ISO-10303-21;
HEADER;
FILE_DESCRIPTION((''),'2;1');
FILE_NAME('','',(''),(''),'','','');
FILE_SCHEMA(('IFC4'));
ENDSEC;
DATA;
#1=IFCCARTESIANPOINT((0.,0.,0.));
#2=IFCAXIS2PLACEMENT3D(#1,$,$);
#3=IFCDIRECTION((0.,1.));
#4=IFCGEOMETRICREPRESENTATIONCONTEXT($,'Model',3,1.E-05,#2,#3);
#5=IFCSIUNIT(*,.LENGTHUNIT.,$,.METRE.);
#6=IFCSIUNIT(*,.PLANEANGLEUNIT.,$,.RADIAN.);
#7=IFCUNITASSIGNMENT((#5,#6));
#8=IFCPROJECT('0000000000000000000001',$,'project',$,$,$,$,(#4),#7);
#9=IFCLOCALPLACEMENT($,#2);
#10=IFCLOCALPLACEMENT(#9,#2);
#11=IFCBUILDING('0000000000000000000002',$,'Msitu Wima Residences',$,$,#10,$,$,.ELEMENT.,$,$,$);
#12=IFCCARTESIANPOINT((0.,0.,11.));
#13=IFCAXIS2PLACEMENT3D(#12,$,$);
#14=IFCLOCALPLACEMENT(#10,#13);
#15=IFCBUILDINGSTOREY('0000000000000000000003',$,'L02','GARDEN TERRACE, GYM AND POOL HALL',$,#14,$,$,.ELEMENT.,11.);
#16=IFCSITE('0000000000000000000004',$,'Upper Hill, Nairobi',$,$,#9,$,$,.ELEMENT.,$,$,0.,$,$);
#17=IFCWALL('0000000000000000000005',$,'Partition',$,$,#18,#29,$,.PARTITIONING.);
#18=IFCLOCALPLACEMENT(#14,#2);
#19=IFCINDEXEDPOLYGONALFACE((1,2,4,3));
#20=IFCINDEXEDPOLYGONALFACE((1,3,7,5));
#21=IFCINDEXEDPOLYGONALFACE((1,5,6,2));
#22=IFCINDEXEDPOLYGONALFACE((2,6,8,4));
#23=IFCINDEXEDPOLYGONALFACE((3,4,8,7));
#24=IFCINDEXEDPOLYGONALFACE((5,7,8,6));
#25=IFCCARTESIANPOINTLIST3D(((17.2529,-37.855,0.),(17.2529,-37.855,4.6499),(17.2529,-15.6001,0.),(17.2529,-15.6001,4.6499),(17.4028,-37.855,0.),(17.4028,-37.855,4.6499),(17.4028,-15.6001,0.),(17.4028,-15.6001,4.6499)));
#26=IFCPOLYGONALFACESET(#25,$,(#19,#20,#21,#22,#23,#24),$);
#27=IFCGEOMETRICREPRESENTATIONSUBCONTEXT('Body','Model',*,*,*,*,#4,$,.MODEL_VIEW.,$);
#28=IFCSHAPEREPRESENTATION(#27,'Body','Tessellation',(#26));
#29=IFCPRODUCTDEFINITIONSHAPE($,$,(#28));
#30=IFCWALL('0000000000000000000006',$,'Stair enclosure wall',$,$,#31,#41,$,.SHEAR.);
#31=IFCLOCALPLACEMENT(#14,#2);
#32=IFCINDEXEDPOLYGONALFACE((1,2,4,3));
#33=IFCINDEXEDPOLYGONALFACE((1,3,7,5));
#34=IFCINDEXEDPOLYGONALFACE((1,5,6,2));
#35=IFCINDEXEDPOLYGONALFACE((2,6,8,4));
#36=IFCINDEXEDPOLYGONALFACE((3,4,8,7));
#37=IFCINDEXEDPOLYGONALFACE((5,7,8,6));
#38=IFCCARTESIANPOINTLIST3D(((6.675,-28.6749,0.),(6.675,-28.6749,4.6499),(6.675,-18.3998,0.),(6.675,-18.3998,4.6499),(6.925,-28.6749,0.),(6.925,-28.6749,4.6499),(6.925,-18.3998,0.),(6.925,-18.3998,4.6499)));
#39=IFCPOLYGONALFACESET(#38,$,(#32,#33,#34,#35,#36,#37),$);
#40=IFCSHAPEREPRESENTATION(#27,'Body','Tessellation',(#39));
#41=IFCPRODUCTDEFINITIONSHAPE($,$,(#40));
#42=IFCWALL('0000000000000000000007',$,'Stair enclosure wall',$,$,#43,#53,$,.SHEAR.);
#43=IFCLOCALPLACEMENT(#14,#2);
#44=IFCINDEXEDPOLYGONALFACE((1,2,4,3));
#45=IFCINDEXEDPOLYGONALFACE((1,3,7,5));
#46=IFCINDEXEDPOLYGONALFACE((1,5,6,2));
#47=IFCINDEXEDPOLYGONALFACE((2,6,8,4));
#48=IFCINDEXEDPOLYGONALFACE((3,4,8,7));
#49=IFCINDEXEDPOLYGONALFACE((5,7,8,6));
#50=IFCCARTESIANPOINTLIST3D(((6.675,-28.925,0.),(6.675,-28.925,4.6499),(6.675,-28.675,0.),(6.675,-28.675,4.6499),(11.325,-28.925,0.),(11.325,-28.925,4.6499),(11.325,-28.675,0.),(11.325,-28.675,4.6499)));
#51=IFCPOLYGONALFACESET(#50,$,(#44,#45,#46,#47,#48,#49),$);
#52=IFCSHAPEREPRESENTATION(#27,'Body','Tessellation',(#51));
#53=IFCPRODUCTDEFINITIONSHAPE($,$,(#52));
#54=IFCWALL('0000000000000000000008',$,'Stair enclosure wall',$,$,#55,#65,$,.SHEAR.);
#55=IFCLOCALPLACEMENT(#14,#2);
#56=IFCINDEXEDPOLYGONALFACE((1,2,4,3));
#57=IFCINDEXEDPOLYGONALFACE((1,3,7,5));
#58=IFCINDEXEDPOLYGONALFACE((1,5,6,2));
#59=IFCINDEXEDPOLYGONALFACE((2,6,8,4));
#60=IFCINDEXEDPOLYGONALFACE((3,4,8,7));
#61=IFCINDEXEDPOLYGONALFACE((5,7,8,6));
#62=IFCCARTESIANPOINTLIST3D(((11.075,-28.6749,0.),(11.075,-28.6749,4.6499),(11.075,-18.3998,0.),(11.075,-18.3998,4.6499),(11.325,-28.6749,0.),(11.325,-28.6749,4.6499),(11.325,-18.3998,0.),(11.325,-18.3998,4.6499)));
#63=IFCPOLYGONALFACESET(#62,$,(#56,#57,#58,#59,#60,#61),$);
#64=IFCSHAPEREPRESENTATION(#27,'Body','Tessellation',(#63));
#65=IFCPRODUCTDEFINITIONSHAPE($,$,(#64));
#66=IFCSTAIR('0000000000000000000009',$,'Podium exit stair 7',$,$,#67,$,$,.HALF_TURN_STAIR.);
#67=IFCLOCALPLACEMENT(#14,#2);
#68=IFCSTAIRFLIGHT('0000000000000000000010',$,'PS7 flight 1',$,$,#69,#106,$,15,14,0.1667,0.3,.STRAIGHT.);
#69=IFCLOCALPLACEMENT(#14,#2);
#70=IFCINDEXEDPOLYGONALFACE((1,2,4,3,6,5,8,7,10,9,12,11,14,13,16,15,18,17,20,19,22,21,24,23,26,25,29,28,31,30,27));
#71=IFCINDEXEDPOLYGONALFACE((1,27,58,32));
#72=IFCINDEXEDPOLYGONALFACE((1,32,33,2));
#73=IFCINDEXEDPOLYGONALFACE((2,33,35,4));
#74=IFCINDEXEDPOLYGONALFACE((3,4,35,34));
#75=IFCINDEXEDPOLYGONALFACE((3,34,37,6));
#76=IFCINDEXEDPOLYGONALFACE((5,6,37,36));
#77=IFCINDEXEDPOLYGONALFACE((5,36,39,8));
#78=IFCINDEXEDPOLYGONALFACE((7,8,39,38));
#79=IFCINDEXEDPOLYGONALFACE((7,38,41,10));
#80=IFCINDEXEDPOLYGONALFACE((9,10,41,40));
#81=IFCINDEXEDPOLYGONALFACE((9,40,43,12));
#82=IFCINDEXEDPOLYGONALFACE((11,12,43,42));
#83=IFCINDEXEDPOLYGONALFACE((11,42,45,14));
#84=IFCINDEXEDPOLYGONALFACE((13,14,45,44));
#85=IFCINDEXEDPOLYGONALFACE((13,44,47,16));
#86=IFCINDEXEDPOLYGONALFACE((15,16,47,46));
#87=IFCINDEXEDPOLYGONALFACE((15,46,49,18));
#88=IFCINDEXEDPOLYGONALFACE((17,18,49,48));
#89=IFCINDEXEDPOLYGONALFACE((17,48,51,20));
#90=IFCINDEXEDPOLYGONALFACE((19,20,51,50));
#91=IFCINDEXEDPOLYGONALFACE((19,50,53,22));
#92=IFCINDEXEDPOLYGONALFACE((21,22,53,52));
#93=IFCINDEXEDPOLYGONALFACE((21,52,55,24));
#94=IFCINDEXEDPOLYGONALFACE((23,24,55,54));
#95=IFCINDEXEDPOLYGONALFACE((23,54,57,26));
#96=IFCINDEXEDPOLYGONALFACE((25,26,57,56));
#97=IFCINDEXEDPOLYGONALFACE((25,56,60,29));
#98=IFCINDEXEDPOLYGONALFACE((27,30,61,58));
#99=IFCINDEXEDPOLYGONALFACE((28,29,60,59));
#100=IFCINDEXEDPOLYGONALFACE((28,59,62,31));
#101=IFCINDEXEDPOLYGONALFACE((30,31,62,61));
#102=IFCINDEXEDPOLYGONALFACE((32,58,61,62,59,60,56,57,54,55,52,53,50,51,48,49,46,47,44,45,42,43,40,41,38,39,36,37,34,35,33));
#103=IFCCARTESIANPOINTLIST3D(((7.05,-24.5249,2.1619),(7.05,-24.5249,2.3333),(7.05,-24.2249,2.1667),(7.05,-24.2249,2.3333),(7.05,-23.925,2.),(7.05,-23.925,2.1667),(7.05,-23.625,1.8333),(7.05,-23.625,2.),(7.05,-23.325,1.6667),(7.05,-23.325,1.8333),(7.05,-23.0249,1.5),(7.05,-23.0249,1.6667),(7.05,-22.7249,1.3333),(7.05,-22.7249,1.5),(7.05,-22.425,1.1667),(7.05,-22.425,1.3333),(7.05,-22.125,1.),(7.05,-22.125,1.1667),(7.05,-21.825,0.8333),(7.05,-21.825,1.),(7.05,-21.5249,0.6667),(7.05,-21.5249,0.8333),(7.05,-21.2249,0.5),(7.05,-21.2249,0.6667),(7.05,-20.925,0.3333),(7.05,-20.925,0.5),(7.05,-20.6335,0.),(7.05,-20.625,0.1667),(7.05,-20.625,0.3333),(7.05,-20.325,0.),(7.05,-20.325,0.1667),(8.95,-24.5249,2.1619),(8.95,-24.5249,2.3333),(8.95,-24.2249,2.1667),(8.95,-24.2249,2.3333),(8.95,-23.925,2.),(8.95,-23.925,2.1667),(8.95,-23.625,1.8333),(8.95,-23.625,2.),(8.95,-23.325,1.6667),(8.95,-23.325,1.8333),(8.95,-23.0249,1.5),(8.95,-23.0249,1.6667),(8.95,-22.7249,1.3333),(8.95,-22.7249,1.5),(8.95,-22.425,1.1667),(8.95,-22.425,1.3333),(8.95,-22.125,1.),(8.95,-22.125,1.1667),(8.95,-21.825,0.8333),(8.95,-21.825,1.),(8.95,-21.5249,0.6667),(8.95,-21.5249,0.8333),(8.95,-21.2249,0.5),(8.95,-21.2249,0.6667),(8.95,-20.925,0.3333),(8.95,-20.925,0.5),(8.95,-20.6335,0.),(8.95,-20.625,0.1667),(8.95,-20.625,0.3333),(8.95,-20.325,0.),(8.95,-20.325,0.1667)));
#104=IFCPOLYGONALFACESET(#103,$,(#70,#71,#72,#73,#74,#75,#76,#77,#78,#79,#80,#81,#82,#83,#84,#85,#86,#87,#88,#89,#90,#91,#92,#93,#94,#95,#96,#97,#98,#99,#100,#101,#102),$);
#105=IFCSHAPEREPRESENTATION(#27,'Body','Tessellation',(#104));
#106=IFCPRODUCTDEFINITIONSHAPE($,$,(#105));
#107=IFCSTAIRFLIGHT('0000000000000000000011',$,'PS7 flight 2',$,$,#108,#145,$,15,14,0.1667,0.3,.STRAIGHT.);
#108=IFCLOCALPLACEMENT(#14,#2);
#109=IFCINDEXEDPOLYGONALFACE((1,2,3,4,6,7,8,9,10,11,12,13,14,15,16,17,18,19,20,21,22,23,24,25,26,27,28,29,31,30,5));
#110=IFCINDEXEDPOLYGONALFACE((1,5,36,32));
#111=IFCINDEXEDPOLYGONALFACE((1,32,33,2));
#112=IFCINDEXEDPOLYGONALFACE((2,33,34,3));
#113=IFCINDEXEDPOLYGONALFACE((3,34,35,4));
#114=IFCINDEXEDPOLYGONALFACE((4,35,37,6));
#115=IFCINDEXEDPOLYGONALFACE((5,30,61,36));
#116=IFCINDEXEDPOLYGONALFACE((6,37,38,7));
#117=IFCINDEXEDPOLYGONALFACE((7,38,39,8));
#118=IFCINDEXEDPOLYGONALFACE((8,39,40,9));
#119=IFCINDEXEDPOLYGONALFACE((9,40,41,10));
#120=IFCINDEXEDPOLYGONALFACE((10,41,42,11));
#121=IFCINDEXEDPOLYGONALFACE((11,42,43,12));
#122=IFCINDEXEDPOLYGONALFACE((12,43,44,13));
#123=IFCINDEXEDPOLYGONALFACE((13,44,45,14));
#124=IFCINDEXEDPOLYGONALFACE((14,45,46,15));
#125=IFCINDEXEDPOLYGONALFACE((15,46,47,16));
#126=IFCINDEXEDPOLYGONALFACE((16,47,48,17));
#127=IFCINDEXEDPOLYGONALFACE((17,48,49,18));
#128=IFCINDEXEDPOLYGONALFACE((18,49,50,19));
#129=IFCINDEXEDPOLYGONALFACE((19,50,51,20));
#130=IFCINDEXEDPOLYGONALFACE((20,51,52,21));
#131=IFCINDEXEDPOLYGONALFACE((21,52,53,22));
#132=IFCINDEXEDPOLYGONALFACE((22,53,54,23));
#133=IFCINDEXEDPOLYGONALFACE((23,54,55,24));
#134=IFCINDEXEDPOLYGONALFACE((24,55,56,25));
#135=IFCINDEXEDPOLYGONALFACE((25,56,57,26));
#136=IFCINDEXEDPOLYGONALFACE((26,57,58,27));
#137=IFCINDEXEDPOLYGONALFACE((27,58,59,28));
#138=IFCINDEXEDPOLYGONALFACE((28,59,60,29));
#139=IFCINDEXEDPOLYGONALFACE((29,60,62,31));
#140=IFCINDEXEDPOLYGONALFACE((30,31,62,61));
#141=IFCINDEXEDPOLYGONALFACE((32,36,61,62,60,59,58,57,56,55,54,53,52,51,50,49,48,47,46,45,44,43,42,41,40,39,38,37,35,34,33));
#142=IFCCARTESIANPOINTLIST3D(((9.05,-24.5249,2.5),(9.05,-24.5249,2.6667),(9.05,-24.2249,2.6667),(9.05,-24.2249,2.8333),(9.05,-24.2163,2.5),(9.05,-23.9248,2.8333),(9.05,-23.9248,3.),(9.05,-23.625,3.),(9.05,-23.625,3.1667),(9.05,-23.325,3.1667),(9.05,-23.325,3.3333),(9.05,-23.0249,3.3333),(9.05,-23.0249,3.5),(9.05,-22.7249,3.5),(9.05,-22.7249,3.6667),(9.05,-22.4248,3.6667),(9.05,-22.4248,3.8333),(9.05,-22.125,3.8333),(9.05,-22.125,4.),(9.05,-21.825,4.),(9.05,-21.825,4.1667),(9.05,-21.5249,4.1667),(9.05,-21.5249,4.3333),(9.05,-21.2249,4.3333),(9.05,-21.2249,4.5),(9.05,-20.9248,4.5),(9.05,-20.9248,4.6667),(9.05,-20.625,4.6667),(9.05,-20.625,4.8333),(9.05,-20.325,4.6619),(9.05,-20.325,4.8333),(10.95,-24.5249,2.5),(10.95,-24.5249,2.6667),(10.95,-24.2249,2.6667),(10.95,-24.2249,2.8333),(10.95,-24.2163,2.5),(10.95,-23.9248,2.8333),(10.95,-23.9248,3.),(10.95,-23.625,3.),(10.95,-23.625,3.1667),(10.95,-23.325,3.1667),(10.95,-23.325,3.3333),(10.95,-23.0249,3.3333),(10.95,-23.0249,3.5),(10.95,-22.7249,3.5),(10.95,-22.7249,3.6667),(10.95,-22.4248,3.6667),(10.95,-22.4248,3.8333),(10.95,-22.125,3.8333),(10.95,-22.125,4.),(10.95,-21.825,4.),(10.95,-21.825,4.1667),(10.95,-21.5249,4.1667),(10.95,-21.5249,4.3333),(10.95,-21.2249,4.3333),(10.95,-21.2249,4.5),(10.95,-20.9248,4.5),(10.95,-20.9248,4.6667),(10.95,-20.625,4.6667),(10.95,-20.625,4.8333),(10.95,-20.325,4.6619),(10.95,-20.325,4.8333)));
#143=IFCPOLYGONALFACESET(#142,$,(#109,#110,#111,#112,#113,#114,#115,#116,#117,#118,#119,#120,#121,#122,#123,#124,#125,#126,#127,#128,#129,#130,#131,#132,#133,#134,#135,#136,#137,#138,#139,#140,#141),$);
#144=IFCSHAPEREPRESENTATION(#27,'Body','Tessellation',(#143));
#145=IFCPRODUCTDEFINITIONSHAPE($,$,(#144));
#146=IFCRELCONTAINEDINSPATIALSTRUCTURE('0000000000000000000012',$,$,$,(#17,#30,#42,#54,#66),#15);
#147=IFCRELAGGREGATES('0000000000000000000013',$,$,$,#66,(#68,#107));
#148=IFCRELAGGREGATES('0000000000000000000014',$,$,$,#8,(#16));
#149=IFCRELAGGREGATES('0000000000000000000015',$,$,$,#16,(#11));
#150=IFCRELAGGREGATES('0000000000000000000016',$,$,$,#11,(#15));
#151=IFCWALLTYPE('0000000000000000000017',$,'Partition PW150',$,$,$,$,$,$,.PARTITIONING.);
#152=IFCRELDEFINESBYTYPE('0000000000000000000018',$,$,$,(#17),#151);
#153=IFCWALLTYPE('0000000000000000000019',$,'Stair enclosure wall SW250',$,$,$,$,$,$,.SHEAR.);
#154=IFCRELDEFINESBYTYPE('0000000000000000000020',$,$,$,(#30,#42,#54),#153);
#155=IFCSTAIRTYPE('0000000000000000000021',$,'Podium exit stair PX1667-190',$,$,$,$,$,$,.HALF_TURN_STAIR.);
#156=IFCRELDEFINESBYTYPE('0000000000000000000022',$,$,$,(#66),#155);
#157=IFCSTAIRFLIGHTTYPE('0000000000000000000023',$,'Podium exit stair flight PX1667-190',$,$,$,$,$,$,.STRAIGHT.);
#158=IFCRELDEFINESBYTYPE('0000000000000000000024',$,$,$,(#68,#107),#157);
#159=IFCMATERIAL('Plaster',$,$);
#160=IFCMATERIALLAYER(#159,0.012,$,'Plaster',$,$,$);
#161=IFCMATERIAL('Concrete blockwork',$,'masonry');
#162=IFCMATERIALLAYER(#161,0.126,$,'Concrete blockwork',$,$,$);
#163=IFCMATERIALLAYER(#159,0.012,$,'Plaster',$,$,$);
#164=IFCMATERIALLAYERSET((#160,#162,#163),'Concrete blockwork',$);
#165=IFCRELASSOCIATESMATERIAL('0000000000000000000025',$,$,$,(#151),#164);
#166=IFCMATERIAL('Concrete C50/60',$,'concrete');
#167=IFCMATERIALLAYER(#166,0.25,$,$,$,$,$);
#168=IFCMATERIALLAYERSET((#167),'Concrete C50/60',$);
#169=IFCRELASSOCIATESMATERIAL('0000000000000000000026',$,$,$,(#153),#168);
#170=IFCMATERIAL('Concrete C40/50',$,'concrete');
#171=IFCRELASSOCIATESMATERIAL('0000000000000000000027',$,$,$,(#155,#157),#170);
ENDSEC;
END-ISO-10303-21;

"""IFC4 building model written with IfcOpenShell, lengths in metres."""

from ifc_helpers import new_model, si_unit, direction, frame, frame_2d, origin, place, context, subcontext, project, spatial, polyline, rectangle, outline, extrude, material, layer, layer_set, type_object, element, aggregate, save


model = new_model("IFC4")

# Units and contexts
model_context = context("Model", 3, precision=1e-05, world=origin(), true_north=direction((0.0, 1.0)))
body_context = subcontext(model_context, "Body", "Model", "MODEL_VIEW")
ifc_project = project(units=[si_unit("LENGTHUNIT", "METRE"), si_unit("PLANEANGLEUNIT", "RADIAN")], contexts=[model_context])

# Site, building, storey
site_placement = place(None, origin())
site = spatial("IfcSite", under=ifc_project, at=site_placement, Name="Upper Hill, Nairobi", CompositionType="ELEMENT", RefElevation=0.0)
building_placement = place(site_placement, origin())
building = spatial("IfcBuilding", under=site, at=building_placement, Name="Msitu Wima Residences", CompositionType="ELEMENT")
storey_placement = place(building_placement, frame((0.0, 0.0, 11.0)))
storey = spatial("IfcBuildingStorey", under=building, at=storey_placement, Name="L02", Description="GARDEN TERRACE, GYM AND POOL HALL", CompositionType="ELEMENT", Elevation=11.0)

# Shared definitions
ifc_material_1 = material(Name="Concrete C40/50", Category="concrete")

# Shared definitions
ifc_material_2 = material(Name="Plaster")
ifc_material_3 = material(Name="Concrete blockwork", Category="masonry")

# Walls
ifc_layer_1 = layer(ifc_material_2, 0.012, Name="Plaster")
ifc_layer_2 = layer(ifc_material_3, 0.126, Name="Concrete blockwork")
ifc_layer_3 = layer(ifc_material_2, 0.012, Name="Plaster")
ifc_layer_set_1 = layer_set([ifc_layer_1, ifc_layer_2, ifc_layer_3], Name="Concrete blockwork")
wall_type_1 = type_object("IfcWallType", Name="Partition PW150", PredefinedType="PARTITIONING", material=ifc_layer_set_1)
wall_1_placement = place(storey_placement, frame((17.3279, -37.855, 0.0), z_axis=(0.0, 0.0, 1.0), x_axis=(0.0, 1.0, 0.0)))
element("IfcWall", 1, at=wall_1_placement, inside=storey, type_object=wall_type_1, Name="Partition", PredefinedType="PARTITIONING", context=body_context, shape_type="SweptSolid", body=[
    extrude(rectangle(XDim=22.2549, YDim=0.1499, at=frame_2d((11.1274, 0.0))), origin(), (0.0, 0.0, 1.0), 4.6499),
])
ifc_material_4 = material(Name="Concrete C50/60", Category="concrete")
ifc_layer_4 = layer(ifc_material_4, 0.25)
ifc_layer_set_2 = layer_set([ifc_layer_4], Name="Concrete C50/60")
wall_type_2 = type_object("IfcWallType", Name="Stair enclosure wall SW250", PredefinedType="SHEAR", material=ifc_layer_set_2)
wall_2_placement = place(storey_placement, frame((6.8, -28.675, 0.0), z_axis=(0.0, 0.0, 1.0), x_axis=(0.0, 1.0, 0.0)))
element("IfcWall", 2, at=wall_2_placement, inside=storey, type_object=wall_type_2, Name="Stair enclosure wall", PredefinedType="SHEAR", context=body_context, shape_type="SweptSolid", body=[
    extrude(rectangle(XDim=10.2751, YDim=0.25, at=frame_2d((5.1377, 0.0))), origin(), (0.0, 0.0, 1.0), 4.6499),
])
wall_3_placement = place(storey_placement, frame((6.675, -28.8, 0.0), z_axis=(0.0, 0.0, 1.0), x_axis=(1.0, 0.0, 0.0)))
element("IfcWall", 3, at=wall_3_placement, inside=storey, type_object=wall_type_2, Name="Stair enclosure wall", PredefinedType="SHEAR", context=body_context, shape_type="SweptSolid", body=[
    extrude(rectangle(XDim=4.6499, YDim=0.25, at=frame_2d((2.325, 0.0))), origin(), (0.0, 0.0, 1.0), 4.6499),
])
wall_4_placement = place(storey_placement, frame((11.2, -28.675, 0.0), z_axis=(0.0, 0.0, 1.0), x_axis=(0.0, 1.0, 0.0)))
element("IfcWall", 4, at=wall_4_placement, inside=storey, type_object=wall_type_2, Name="Stair enclosure wall", PredefinedType="SHEAR", context=body_context, shape_type="SweptSolid", body=[
    extrude(rectangle(XDim=10.2751, YDim=0.25, at=frame_2d((5.1377, 0.0))), origin(), (0.0, 0.0, 1.0), 4.6499),
])

# Stair, stair flights
stair_type = type_object("IfcStairType", Name="Podium exit stair PX1667-190", PredefinedType="HALF_TURN_STAIR", material=ifc_material_1)
stair_placement = place(storey_placement, origin())
stair = element("IfcStair", 5, at=stair_placement, inside=storey, type_object=stair_type, Name="Podium exit stair 7", PredefinedType="HALF_TURN_STAIR")
stair_flight_type = type_object("IfcStairFlightType", Name="Podium exit stair flight PX1667-190", PredefinedType="STRAIGHT", material=ifc_material_1)
stair_flight_1_placement = place(storey_placement, frame((8.0, -20.325, 0.0), z_axis=(0.0, 0.0, 1.0), x_axis=(0.0, -1.0, 0.0)))
stair_flight_1 = element("IfcStairFlight", 6, at=stair_flight_1_placement, type_object=stair_flight_type, Name="PS7 flight 1", NumberOfRisers=15, NumberOfTreads=14, PredefinedType="STRAIGHT", RiserHeight=0.1667, TreadLength=0.3, context=body_context, shape_type="SweptSolid", body=[
    extrude(outline(polyline([(0.0, 0.0), (0.0, 0.1667), (0.3, 0.1667), (0.3, 0.3333), (0.6001, 0.3333), (0.6001, 0.5), (0.8999, 0.5), (0.8999, 0.6667), (1.2, 0.6667), (1.2, 0.8333), (1.5, 0.8333), (1.5, 1.0), (1.8, 1.0), (1.8, 1.1667), (2.1001, 1.1667), (2.1001, 1.3333), (2.3999, 1.3333), (2.3999, 1.5), (2.7, 1.5), (2.7, 1.6667), (3.0, 1.6667), (3.0, 1.8333), (3.3, 1.8333), (3.3, 2.0), (3.6001, 2.0), (3.6001, 2.1667), (3.8999, 2.1667), (3.8999, 2.3333), (4.2, 2.3333), (4.2, 2.5), (4.2, 2.1619), (0.3086, 0.0), (0.0, 0.0)])), frame((0.0, 0.95, 0.0), z_axis=(0.0, -1.0, 0.0), x_axis=(1.0, 0.0, 0.0)), (0.0, 0.0, 1.0), 1.8999),
])
stair_flight_2_placement = place(storey_placement, frame((10.0, -24.5249, 2.5), z_axis=(0.0, 0.0, 1.0), x_axis=(0.0, 1.0, 0.0)))
stair_flight_2 = element("IfcStairFlight", 7, at=stair_flight_2_placement, type_object=stair_flight_type, Name="PS7 flight 2", NumberOfRisers=15, NumberOfTreads=14, PredefinedType="STRAIGHT", RiserHeight=0.1667, TreadLength=0.3, context=body_context, shape_type="SweptSolid", body=[
    extrude(outline(polyline([(0.0, 0.0), (0.0, 0.1667), (0.3, 0.1667), (0.3, 0.3333), (0.6001, 0.3333), (0.6001, 0.5), (0.8999, 0.5), (0.8999, 0.6667), (1.2, 0.6667), (1.2, 0.8333), (1.5, 0.8333), (1.5, 1.0), (1.8, 1.0), (1.8, 1.1667), (2.1001, 1.1667), (2.1001, 1.3333), (2.3999, 1.3333), (2.3999, 1.5), (2.7, 1.5), (2.7, 1.6667), (3.0, 1.6667), (3.0, 1.8333), (3.3, 1.8333), (3.3, 2.0), (3.6001, 2.0), (3.6001, 2.1667), (3.8999, 2.1667), (3.8999, 2.3333), (4.2, 2.3333), (4.2, 2.5), (4.2, 2.1619), (0.3086, 0.0), (0.0, 0.0)])), frame((0.0, 0.95, 0.0), z_axis=(0.0, -1.0, 0.0), x_axis=(1.0, 0.0, 0.0)), (0.0, 0.0, 1.0), 1.8999),
])
aggregate(stair, [stair_flight_1, stair_flight_2])

save(model, "model.ifc")
